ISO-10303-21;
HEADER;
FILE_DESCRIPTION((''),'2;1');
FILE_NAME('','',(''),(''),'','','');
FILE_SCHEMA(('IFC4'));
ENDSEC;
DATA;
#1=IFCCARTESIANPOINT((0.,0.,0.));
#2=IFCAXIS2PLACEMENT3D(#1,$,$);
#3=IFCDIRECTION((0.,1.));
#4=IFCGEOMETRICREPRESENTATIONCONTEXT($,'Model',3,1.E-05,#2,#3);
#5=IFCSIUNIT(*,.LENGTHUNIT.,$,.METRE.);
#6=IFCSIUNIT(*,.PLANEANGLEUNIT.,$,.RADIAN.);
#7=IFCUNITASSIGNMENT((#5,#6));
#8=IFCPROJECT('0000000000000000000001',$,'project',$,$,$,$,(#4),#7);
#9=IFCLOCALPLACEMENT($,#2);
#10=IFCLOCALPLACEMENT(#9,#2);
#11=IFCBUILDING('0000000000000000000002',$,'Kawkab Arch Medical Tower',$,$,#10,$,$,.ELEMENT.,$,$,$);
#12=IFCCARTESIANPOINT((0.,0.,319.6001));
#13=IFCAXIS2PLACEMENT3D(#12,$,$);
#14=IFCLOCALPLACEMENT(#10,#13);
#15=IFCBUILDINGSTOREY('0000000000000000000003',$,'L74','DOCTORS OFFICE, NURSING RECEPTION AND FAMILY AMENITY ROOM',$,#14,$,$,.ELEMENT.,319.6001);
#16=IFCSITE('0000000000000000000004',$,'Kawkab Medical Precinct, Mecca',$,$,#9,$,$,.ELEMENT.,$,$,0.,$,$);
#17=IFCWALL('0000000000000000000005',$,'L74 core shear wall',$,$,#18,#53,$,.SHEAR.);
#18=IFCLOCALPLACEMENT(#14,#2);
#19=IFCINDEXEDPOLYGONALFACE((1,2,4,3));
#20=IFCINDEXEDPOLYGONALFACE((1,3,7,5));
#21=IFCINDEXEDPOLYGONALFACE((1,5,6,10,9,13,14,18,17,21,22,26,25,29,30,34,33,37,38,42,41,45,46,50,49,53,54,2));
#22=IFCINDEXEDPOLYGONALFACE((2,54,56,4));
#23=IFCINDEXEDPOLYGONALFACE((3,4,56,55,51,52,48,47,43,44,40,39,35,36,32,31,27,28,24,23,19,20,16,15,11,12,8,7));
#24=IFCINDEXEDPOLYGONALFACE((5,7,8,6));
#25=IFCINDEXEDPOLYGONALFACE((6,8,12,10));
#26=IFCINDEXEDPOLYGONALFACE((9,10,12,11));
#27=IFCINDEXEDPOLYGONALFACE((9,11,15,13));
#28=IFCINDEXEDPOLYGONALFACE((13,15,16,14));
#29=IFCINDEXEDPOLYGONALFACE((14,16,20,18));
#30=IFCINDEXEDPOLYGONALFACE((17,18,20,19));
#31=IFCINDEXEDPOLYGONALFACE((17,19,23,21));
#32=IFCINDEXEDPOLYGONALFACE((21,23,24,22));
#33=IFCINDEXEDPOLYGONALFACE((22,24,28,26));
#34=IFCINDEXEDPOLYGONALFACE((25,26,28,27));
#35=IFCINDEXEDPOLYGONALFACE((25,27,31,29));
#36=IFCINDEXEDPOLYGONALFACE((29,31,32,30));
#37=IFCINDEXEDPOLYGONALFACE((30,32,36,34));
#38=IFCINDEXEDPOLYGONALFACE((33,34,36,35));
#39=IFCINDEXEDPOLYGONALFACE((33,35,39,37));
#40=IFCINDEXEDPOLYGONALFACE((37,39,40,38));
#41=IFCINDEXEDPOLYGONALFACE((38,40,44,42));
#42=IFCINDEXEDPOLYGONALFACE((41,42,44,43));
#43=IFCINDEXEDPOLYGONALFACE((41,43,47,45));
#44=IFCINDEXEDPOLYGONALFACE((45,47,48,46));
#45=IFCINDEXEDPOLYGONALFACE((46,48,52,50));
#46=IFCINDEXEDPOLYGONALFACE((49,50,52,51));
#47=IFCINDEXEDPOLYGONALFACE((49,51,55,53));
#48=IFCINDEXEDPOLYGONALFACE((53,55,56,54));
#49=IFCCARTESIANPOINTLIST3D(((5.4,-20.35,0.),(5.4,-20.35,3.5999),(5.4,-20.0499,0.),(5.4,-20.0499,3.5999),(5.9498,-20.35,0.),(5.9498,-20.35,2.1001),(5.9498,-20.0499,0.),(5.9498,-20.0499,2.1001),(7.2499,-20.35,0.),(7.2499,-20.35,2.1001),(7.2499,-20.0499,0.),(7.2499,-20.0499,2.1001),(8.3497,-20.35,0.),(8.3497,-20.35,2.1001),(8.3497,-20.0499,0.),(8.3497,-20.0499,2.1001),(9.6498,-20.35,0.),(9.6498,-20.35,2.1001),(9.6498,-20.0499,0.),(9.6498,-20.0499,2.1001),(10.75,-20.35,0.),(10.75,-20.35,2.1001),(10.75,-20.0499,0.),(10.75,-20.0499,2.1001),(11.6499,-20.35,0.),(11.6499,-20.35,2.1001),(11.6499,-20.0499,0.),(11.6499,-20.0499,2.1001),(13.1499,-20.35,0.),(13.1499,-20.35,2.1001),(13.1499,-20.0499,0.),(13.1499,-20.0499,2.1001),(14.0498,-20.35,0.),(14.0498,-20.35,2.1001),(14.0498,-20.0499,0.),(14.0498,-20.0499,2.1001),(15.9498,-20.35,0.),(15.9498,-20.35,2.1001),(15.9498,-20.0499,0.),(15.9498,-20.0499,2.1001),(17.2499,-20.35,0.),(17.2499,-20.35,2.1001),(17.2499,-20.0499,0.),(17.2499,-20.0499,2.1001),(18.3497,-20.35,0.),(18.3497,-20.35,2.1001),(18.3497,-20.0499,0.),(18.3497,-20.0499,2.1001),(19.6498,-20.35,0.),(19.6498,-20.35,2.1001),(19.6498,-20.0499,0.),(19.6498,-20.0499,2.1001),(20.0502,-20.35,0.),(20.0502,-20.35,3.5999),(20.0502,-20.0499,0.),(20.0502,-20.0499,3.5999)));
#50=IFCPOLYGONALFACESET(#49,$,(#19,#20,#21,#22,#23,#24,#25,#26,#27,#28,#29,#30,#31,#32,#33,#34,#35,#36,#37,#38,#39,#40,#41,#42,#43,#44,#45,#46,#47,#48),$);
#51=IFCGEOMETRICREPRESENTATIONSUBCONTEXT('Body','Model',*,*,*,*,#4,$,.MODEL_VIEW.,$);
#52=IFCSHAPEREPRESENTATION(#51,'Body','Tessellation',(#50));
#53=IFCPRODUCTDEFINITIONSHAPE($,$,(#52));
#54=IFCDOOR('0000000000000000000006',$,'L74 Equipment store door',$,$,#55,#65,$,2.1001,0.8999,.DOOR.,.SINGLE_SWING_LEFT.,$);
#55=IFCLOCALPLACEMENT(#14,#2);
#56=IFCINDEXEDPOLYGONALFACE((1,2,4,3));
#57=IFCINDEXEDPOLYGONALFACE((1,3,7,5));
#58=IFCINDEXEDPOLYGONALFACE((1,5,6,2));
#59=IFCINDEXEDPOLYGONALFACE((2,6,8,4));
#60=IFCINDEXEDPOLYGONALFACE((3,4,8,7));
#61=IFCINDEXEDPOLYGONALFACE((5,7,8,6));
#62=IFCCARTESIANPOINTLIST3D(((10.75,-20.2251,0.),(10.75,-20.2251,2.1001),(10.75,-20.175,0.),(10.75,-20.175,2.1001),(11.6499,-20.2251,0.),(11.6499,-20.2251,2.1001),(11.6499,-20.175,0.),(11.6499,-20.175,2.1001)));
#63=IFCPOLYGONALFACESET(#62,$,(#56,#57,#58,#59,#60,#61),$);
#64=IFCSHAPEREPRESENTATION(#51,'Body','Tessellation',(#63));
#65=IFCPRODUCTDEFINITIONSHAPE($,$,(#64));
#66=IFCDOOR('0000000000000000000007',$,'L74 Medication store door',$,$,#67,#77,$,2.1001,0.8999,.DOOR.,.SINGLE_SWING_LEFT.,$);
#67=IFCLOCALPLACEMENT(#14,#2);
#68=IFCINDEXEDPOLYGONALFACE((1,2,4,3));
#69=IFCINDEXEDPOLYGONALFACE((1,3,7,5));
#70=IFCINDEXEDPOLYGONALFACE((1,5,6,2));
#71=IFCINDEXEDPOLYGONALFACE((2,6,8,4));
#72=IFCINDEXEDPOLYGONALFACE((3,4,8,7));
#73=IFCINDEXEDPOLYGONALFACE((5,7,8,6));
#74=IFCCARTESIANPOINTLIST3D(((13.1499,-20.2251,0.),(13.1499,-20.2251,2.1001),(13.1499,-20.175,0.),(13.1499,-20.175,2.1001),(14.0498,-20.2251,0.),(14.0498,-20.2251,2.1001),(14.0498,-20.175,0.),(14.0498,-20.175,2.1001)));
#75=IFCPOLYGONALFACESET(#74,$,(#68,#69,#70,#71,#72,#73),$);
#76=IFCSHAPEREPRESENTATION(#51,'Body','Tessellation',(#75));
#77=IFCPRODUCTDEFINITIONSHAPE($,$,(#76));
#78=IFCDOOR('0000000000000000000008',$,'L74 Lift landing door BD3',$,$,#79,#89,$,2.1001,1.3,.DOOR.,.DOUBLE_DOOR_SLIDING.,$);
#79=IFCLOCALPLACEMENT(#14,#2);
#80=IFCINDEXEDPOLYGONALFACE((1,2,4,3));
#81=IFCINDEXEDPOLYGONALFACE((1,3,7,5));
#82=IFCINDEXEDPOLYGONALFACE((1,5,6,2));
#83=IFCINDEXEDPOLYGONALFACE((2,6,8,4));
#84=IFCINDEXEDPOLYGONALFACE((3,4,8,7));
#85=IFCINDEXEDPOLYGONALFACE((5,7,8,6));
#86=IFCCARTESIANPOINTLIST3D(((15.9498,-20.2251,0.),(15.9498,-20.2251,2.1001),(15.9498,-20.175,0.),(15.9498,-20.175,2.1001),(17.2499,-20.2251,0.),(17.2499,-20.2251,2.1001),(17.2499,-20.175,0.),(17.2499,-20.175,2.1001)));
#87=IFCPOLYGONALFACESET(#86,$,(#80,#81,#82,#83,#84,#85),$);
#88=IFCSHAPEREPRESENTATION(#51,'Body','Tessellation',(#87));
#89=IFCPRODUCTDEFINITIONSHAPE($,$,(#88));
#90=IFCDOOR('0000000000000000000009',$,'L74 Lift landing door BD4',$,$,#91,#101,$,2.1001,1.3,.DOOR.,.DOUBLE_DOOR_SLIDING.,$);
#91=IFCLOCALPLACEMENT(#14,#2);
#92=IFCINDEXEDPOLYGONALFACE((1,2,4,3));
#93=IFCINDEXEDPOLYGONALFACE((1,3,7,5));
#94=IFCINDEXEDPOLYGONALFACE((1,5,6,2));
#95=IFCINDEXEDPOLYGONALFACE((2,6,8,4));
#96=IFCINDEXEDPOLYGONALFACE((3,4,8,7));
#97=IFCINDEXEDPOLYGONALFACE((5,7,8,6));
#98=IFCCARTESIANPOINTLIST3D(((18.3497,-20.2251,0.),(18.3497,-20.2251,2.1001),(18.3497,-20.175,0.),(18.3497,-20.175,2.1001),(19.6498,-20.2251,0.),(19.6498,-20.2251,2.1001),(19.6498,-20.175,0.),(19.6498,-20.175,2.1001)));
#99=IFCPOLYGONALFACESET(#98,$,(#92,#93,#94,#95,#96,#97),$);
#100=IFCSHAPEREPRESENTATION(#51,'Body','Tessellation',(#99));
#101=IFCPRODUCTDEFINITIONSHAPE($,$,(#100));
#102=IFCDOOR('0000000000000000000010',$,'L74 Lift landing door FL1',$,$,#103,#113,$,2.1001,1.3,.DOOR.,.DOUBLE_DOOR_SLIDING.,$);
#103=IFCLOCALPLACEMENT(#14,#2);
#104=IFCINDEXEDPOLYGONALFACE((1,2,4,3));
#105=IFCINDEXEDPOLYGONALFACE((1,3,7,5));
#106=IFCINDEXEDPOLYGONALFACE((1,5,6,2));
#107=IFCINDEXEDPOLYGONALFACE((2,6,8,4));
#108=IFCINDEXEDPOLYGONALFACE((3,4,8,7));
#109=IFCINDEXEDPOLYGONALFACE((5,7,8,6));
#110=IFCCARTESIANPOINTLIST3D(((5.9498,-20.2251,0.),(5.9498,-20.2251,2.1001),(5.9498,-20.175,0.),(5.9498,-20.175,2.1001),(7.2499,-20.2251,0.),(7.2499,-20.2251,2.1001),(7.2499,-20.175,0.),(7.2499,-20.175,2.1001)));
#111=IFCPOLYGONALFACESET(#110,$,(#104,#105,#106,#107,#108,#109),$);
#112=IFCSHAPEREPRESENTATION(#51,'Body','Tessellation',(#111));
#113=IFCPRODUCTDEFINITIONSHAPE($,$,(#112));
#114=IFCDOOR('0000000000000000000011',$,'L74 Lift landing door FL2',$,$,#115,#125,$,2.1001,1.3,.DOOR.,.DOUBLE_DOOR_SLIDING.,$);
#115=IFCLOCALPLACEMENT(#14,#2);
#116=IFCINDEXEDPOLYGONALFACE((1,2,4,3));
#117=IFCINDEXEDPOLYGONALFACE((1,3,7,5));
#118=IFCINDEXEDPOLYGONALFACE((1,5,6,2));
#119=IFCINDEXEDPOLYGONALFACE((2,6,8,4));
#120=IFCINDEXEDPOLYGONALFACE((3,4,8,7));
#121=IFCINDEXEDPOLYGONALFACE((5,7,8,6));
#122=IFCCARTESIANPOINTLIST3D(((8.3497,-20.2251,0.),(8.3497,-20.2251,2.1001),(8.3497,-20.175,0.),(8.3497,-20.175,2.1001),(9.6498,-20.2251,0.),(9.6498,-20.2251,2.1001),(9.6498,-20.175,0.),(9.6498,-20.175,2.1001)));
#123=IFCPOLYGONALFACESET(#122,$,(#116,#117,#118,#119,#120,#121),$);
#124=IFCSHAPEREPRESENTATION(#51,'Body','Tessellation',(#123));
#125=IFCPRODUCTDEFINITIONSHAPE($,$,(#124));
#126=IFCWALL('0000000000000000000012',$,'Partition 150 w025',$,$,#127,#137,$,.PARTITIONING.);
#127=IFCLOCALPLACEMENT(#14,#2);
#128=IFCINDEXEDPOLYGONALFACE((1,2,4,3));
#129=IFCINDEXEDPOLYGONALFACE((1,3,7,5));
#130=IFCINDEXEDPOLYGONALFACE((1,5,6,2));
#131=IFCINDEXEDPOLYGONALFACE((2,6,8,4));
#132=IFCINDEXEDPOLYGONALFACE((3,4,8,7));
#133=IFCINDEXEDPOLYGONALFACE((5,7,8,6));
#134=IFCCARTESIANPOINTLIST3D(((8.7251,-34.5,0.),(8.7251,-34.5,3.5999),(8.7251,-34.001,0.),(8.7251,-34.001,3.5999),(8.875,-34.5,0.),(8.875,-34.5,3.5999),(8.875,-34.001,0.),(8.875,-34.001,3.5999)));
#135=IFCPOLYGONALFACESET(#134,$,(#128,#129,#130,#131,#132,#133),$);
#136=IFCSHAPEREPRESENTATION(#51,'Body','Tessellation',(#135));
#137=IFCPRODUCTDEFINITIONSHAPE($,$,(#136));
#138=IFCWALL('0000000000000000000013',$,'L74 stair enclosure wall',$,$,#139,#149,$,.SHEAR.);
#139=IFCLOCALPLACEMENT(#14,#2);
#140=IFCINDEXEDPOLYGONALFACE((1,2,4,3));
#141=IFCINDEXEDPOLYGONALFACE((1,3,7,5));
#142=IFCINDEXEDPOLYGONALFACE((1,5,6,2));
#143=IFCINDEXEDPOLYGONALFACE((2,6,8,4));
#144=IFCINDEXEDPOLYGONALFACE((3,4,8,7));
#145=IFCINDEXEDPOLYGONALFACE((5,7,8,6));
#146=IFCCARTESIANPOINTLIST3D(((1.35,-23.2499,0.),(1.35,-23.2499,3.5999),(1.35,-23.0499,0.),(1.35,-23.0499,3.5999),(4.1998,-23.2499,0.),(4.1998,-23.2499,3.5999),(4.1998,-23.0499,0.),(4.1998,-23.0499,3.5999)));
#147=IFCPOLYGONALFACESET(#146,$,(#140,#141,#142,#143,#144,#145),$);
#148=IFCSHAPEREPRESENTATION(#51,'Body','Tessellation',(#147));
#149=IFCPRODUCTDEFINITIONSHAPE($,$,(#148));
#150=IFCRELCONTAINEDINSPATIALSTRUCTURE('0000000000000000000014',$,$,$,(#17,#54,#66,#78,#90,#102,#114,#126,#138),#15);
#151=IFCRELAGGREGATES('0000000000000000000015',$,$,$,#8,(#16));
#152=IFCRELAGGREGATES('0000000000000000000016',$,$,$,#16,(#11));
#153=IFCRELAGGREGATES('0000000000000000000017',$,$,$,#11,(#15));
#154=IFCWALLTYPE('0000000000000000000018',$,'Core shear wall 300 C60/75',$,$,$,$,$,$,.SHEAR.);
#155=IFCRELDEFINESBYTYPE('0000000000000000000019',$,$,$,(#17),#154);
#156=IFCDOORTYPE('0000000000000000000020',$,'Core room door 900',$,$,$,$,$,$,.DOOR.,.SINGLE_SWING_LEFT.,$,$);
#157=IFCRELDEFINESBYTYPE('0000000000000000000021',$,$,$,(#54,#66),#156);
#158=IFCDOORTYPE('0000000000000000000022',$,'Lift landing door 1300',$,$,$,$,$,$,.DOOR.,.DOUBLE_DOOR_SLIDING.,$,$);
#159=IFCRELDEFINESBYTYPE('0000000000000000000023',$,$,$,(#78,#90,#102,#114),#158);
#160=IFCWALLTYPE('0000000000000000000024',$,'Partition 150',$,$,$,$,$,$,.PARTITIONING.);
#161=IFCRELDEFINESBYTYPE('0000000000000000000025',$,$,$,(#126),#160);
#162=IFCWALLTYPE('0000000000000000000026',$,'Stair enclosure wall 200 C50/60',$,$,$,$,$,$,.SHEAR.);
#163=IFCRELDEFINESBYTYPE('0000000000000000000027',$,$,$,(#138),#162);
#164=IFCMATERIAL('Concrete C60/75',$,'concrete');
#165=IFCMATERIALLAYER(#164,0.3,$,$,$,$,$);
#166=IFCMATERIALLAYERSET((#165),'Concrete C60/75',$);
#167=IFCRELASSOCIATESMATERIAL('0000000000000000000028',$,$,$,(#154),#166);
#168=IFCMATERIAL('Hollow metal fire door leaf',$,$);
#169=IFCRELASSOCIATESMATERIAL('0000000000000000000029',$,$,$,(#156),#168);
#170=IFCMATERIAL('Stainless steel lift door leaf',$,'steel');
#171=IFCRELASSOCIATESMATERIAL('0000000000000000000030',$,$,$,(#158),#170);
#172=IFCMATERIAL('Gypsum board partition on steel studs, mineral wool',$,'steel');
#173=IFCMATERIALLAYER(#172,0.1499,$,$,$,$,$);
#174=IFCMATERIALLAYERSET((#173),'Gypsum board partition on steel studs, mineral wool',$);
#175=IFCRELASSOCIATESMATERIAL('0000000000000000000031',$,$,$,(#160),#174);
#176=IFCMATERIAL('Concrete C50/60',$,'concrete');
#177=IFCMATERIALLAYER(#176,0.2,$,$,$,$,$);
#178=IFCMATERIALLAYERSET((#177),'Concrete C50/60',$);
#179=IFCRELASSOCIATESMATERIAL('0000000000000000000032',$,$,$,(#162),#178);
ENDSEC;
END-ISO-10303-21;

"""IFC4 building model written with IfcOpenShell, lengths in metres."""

from ifc_helpers import new_model, si_unit, direction, frame, frame_2d, origin, place, context, subcontext, project, spatial, rectangle, extrude, material, layer, layer_set, type_object, element, fill, save


model = new_model("IFC4")

# Units and contexts
model_context = context("Model", 3, precision=1e-05, world=origin(), true_north=direction((0.0, 1.0)))
body_context = subcontext(model_context, "Body", "Model", "MODEL_VIEW")
ifc_project = project(units=[si_unit("LENGTHUNIT", "METRE"), si_unit("PLANEANGLEUNIT", "RADIAN")], contexts=[model_context])

# Site, building, storey
site_placement = place(None, origin())
site = spatial("IfcSite", under=ifc_project, at=site_placement, Name="Kawkab Medical Precinct, Mecca", CompositionType="ELEMENT", RefElevation=0.0)
building_placement = place(site_placement, origin())
building = spatial("IfcBuilding", under=site, at=building_placement, Name="Kawkab Arch Medical Tower", CompositionType="ELEMENT")
storey_placement = place(building_placement, frame((0.0, 0.0, 319.6001)))
storey = spatial("IfcBuildingStorey", under=building, at=storey_placement, Name="L74", Description="DOCTORS OFFICE, NURSING RECEPTION AND FAMILY AMENITY ROOM", CompositionType="ELEMENT", Elevation=319.6001)

# Wall, openings, doors
ifc_material_1 = material(Name="Concrete C60/75", Category="concrete")
ifc_layer_1 = layer(ifc_material_1, 0.3)
ifc_layer_set_1 = layer_set([ifc_layer_1], Name="Concrete C60/75")
wall_type_1 = type_object("IfcWallType", Name="Core shear wall 300 C60/75", PredefinedType="SHEAR", material=ifc_layer_set_1)
wall_1_placement = place(storey_placement, frame((5.3999, -20.2, 0.0), z_axis=(0.0, 0.0, 1.0), x_axis=(1.0, 0.0, 0.0)))
wall_1 = element("IfcWall", 1, at=wall_1_placement, inside=storey, type_object=wall_type_1, Name="L74 core shear wall", PredefinedType="SHEAR", context=body_context, shape_type="SweptSolid", body=[
    extrude(rectangle(XDim=14.6501, YDim=0.3, at=frame_2d((7.3252, 0.0))), origin(), (0.0, 0.0, 1.0), 3.5999),
])
opening_1_placement = place(wall_1_placement, frame((10.55, 0.0, 0.0)))
opening_1 = element("IfcOpeningElement", 2, at=opening_1_placement, cuts=wall_1, PredefinedType="OPENING", context=body_context, shape_type="SweptSolid", body=[
    extrude(rectangle(XDim=1.3, YDim=2.1001, at=frame_2d((0.6499, 1.05))), frame((0.0, 0.1599, 0.0), z_axis=(0.0, -1.0, 0.0), x_axis=(1.0, 0.0, 0.0)), (0.0, 0.0, 1.0), 0.3201),
])
opening_2_placement = place(wall_1_placement, frame((12.95, 0.0, 0.0)))
opening_2 = element("IfcOpeningElement", 3, at=opening_2_placement, cuts=wall_1, PredefinedType="OPENING", context=body_context, shape_type="SweptSolid", body=[
    extrude(rectangle(XDim=1.3, YDim=2.1001, at=frame_2d((0.6499, 1.05))), frame((0.0, 0.1599, 0.0), z_axis=(0.0, -1.0, 0.0), x_axis=(1.0, 0.0, 0.0)), (0.0, 0.0, 1.0), 0.3201),
])
opening_3_placement = place(wall_1_placement, frame((0.55, 0.0, 0.0)))
opening_3 = element("IfcOpeningElement", 4, at=opening_3_placement, cuts=wall_1, PredefinedType="OPENING", context=body_context, shape_type="SweptSolid", body=[
    extrude(rectangle(XDim=1.3, YDim=2.1001, at=frame_2d((0.6499, 1.05))), frame((0.0, 0.1599, 0.0), z_axis=(0.0, -1.0, 0.0), x_axis=(1.0, 0.0, 0.0)), (0.0, 0.0, 1.0), 0.3201),
])
opening_4_placement = place(wall_1_placement, frame((2.95, 0.0, 0.0)))
opening_4 = element("IfcOpeningElement", 5, at=opening_4_placement, cuts=wall_1, PredefinedType="OPENING", context=body_context, shape_type="SweptSolid", body=[
    extrude(rectangle(XDim=1.3, YDim=2.1001, at=frame_2d((0.6499, 1.05))), frame((0.0, 0.1599, 0.0), z_axis=(0.0, -1.0, 0.0), x_axis=(1.0, 0.0, 0.0)), (0.0, 0.0, 1.0), 0.3201),
])
opening_5_placement = place(wall_1_placement, frame((5.3501, 0.0, 0.0)))
opening_5 = element("IfcOpeningElement", 6, at=opening_5_placement, cuts=wall_1, PredefinedType="OPENING", context=body_context, shape_type="SweptSolid", body=[
    extrude(rectangle(XDim=0.8999, YDim=2.1001, at=frame_2d((0.45, 1.05))), frame((0.0, 0.1599, 0.0), z_axis=(0.0, -1.0, 0.0), x_axis=(1.0, 0.0, 0.0)), (0.0, 0.0, 1.0), 0.3201),
])
opening_6_placement = place(wall_1_placement, frame((7.75, 0.0, 0.0)))
opening_6 = element("IfcOpeningElement", 7, at=opening_6_placement, cuts=wall_1, PredefinedType="OPENING", context=body_context, shape_type="SweptSolid", body=[
    extrude(rectangle(XDim=0.8999, YDim=2.1001, at=frame_2d((0.45, 1.05))), frame((0.0, 0.1599, 0.0), z_axis=(0.0, -1.0, 0.0), x_axis=(1.0, 0.0, 0.0)), (0.0, 0.0, 1.0), 0.3201),
])
ifc_material_2 = material(Name="Hollow metal fire door leaf")
door_type_1 = type_object("IfcDoorType", Name="Core room door 900", OperationType="SINGLE_SWING_LEFT", PredefinedType="DOOR", material=ifc_material_2)
door_1_placement = place(opening_5_placement, origin())
door_1 = element("IfcDoor", 8, at=door_1_placement, inside=storey, type_object=door_type_1, Name="L74 Equipment store door", OperationType="SINGLE_SWING_LEFT", OverallHeight=2.1001, OverallWidth=0.8999, PredefinedType="DOOR", context=body_context, shape_type="SweptSolid", body=[
    extrude(rectangle(XDim=0.8999, YDim=2.1001, at=frame_2d((0.45, 1.05))), frame((0.0, 0.0249, 0.0), z_axis=(0.0, -1.0, 0.0), x_axis=(1.0, 0.0, 0.0)), (0.0, 0.0, 1.0), 0.05),
])
fill(opening_5, door_1)
door_2_placement = place(opening_6_placement, origin())
door_2 = element("IfcDoor", 9, at=door_2_placement, inside=storey, type_object=door_type_1, Name="L74 Medication store door", OperationType="SINGLE_SWING_LEFT", OverallHeight=2.1001, OverallWidth=0.8999, PredefinedType="DOOR", context=body_context, shape_type="SweptSolid", body=[
    extrude(rectangle(XDim=0.8999, YDim=2.1001, at=frame_2d((0.45, 1.05))), frame((0.0, 0.0249, 0.0), z_axis=(0.0, -1.0, 0.0), x_axis=(1.0, 0.0, 0.0)), (0.0, 0.0, 1.0), 0.05),
])
fill(opening_6, door_2)
ifc_material_3 = material(Name="Stainless steel lift door leaf", Category="steel")
door_type_2 = type_object("IfcDoorType", Name="Lift landing door 1300", OperationType="DOUBLE_DOOR_SLIDING", PredefinedType="DOOR", material=ifc_material_3)
door_3_placement = place(opening_1_placement, origin())
door_3 = element("IfcDoor", 10, at=door_3_placement, inside=storey, type_object=door_type_2, Name="L74 Lift landing door BD3", OperationType="DOUBLE_DOOR_SLIDING", OverallHeight=2.1001, OverallWidth=1.3, PredefinedType="DOOR", context=body_context, shape_type="SweptSolid", body=[
    extrude(rectangle(XDim=1.3, YDim=2.1001, at=frame_2d((0.6499, 1.05))), frame((0.0, 0.0249, 0.0), z_axis=(0.0, -1.0, 0.0), x_axis=(1.0, 0.0, 0.0)), (0.0, 0.0, 1.0), 0.05),
])
fill(opening_1, door_3)
door_4_placement = place(opening_2_placement, origin())
door_4 = element("IfcDoor", 11, at=door_4_placement, inside=storey, type_object=door_type_2, Name="L74 Lift landing door BD4", OperationType="DOUBLE_DOOR_SLIDING", OverallHeight=2.1001, OverallWidth=1.3, PredefinedType="DOOR", context=body_context, shape_type="SweptSolid", body=[
    extrude(rectangle(XDim=1.3, YDim=2.1001, at=frame_2d((0.6499, 1.05))), frame((0.0, 0.0249, 0.0), z_axis=(0.0, -1.0, 0.0), x_axis=(1.0, 0.0, 0.0)), (0.0, 0.0, 1.0), 0.05),
])
fill(opening_2, door_4)
door_5_placement = place(opening_3_placement, origin())
door_5 = element("IfcDoor", 12, at=door_5_placement, inside=storey, type_object=door_type_2, Name="L74 Lift landing door FL1", OperationType="DOUBLE_DOOR_SLIDING", OverallHeight=2.1001, OverallWidth=1.3, PredefinedType="DOOR", context=body_context, shape_type="SweptSolid", body=[
    extrude(rectangle(XDim=1.3, YDim=2.1001, at=frame_2d((0.6499, 1.05))), frame((0.0, 0.0249, 0.0), z_axis=(0.0, -1.0, 0.0), x_axis=(1.0, 0.0, 0.0)), (0.0, 0.0, 1.0), 0.05),
])
fill(opening_3, door_5)
door_6_placement = place(opening_4_placement, origin())
door_6 = element("IfcDoor", 13, at=door_6_placement, inside=storey, type_object=door_type_2, Name="L74 Lift landing door FL2", OperationType="DOUBLE_DOOR_SLIDING", OverallHeight=2.1001, OverallWidth=1.3, PredefinedType="DOOR", context=body_context, shape_type="SweptSolid", body=[
    extrude(rectangle(XDim=1.3, YDim=2.1001, at=frame_2d((0.6499, 1.05))), frame((0.0, 0.0249, 0.0), z_axis=(0.0, -1.0, 0.0), x_axis=(1.0, 0.0, 0.0)), (0.0, 0.0, 1.0), 0.05),
])
fill(opening_4, door_6)

# Walls
ifc_material_4 = material(Name="Gypsum board partition on steel studs, mineral wool", Category="steel")
ifc_layer_2 = layer(ifc_material_4, 0.1499)
ifc_layer_set_2 = layer_set([ifc_layer_2], Name="Gypsum board partition on steel studs, mineral wool")
wall_type_2 = type_object("IfcWallType", Name="Partition 150", PredefinedType="PARTITIONING", material=ifc_layer_set_2)
wall_2_placement = place(storey_placement, frame((8.8, -34.5, 0.0), z_axis=(0.0, 0.0, 1.0), x_axis=(0.0, 1.0, 0.0)))
element("IfcWall", 14, at=wall_2_placement, inside=storey, type_object=wall_type_2, Name="Partition 150 w025", PredefinedType="PARTITIONING", context=body_context, shape_type="SweptSolid", body=[
    extrude(rectangle(XDim=0.499, YDim=0.1499, at=frame_2d((0.2495, 0.0))), origin(), (0.0, 0.0, 1.0), 3.5999),
])
ifc_material_5 = material(Name="Concrete C50/60", Category="concrete")
ifc_layer_3 = layer(ifc_material_5, 0.2)
ifc_layer_set_3 = layer_set([ifc_layer_3], Name="Concrete C50/60")
wall_type_3 = type_object("IfcWallType", Name="Stair enclosure wall 200 C50/60", PredefinedType="SHEAR", material=ifc_layer_set_3)
wall_3_placement = place(storey_placement, frame((1.3501, -23.1499, 0.0), z_axis=(0.0, 0.0, 1.0), x_axis=(1.0, 0.0, 0.0)))
element("IfcWall", 15, at=wall_3_placement, inside=storey, type_object=wall_type_3, Name="L74 stair enclosure wall", PredefinedType="SHEAR", context=body_context, shape_type="SweptSolid", body=[
    extrude(rectangle(XDim=2.8499, YDim=0.2, at=frame_2d((1.4248, 0.0))), origin(), (0.0, 0.0, 1.0), 3.5999),
])

save(model, "model.ifc")
